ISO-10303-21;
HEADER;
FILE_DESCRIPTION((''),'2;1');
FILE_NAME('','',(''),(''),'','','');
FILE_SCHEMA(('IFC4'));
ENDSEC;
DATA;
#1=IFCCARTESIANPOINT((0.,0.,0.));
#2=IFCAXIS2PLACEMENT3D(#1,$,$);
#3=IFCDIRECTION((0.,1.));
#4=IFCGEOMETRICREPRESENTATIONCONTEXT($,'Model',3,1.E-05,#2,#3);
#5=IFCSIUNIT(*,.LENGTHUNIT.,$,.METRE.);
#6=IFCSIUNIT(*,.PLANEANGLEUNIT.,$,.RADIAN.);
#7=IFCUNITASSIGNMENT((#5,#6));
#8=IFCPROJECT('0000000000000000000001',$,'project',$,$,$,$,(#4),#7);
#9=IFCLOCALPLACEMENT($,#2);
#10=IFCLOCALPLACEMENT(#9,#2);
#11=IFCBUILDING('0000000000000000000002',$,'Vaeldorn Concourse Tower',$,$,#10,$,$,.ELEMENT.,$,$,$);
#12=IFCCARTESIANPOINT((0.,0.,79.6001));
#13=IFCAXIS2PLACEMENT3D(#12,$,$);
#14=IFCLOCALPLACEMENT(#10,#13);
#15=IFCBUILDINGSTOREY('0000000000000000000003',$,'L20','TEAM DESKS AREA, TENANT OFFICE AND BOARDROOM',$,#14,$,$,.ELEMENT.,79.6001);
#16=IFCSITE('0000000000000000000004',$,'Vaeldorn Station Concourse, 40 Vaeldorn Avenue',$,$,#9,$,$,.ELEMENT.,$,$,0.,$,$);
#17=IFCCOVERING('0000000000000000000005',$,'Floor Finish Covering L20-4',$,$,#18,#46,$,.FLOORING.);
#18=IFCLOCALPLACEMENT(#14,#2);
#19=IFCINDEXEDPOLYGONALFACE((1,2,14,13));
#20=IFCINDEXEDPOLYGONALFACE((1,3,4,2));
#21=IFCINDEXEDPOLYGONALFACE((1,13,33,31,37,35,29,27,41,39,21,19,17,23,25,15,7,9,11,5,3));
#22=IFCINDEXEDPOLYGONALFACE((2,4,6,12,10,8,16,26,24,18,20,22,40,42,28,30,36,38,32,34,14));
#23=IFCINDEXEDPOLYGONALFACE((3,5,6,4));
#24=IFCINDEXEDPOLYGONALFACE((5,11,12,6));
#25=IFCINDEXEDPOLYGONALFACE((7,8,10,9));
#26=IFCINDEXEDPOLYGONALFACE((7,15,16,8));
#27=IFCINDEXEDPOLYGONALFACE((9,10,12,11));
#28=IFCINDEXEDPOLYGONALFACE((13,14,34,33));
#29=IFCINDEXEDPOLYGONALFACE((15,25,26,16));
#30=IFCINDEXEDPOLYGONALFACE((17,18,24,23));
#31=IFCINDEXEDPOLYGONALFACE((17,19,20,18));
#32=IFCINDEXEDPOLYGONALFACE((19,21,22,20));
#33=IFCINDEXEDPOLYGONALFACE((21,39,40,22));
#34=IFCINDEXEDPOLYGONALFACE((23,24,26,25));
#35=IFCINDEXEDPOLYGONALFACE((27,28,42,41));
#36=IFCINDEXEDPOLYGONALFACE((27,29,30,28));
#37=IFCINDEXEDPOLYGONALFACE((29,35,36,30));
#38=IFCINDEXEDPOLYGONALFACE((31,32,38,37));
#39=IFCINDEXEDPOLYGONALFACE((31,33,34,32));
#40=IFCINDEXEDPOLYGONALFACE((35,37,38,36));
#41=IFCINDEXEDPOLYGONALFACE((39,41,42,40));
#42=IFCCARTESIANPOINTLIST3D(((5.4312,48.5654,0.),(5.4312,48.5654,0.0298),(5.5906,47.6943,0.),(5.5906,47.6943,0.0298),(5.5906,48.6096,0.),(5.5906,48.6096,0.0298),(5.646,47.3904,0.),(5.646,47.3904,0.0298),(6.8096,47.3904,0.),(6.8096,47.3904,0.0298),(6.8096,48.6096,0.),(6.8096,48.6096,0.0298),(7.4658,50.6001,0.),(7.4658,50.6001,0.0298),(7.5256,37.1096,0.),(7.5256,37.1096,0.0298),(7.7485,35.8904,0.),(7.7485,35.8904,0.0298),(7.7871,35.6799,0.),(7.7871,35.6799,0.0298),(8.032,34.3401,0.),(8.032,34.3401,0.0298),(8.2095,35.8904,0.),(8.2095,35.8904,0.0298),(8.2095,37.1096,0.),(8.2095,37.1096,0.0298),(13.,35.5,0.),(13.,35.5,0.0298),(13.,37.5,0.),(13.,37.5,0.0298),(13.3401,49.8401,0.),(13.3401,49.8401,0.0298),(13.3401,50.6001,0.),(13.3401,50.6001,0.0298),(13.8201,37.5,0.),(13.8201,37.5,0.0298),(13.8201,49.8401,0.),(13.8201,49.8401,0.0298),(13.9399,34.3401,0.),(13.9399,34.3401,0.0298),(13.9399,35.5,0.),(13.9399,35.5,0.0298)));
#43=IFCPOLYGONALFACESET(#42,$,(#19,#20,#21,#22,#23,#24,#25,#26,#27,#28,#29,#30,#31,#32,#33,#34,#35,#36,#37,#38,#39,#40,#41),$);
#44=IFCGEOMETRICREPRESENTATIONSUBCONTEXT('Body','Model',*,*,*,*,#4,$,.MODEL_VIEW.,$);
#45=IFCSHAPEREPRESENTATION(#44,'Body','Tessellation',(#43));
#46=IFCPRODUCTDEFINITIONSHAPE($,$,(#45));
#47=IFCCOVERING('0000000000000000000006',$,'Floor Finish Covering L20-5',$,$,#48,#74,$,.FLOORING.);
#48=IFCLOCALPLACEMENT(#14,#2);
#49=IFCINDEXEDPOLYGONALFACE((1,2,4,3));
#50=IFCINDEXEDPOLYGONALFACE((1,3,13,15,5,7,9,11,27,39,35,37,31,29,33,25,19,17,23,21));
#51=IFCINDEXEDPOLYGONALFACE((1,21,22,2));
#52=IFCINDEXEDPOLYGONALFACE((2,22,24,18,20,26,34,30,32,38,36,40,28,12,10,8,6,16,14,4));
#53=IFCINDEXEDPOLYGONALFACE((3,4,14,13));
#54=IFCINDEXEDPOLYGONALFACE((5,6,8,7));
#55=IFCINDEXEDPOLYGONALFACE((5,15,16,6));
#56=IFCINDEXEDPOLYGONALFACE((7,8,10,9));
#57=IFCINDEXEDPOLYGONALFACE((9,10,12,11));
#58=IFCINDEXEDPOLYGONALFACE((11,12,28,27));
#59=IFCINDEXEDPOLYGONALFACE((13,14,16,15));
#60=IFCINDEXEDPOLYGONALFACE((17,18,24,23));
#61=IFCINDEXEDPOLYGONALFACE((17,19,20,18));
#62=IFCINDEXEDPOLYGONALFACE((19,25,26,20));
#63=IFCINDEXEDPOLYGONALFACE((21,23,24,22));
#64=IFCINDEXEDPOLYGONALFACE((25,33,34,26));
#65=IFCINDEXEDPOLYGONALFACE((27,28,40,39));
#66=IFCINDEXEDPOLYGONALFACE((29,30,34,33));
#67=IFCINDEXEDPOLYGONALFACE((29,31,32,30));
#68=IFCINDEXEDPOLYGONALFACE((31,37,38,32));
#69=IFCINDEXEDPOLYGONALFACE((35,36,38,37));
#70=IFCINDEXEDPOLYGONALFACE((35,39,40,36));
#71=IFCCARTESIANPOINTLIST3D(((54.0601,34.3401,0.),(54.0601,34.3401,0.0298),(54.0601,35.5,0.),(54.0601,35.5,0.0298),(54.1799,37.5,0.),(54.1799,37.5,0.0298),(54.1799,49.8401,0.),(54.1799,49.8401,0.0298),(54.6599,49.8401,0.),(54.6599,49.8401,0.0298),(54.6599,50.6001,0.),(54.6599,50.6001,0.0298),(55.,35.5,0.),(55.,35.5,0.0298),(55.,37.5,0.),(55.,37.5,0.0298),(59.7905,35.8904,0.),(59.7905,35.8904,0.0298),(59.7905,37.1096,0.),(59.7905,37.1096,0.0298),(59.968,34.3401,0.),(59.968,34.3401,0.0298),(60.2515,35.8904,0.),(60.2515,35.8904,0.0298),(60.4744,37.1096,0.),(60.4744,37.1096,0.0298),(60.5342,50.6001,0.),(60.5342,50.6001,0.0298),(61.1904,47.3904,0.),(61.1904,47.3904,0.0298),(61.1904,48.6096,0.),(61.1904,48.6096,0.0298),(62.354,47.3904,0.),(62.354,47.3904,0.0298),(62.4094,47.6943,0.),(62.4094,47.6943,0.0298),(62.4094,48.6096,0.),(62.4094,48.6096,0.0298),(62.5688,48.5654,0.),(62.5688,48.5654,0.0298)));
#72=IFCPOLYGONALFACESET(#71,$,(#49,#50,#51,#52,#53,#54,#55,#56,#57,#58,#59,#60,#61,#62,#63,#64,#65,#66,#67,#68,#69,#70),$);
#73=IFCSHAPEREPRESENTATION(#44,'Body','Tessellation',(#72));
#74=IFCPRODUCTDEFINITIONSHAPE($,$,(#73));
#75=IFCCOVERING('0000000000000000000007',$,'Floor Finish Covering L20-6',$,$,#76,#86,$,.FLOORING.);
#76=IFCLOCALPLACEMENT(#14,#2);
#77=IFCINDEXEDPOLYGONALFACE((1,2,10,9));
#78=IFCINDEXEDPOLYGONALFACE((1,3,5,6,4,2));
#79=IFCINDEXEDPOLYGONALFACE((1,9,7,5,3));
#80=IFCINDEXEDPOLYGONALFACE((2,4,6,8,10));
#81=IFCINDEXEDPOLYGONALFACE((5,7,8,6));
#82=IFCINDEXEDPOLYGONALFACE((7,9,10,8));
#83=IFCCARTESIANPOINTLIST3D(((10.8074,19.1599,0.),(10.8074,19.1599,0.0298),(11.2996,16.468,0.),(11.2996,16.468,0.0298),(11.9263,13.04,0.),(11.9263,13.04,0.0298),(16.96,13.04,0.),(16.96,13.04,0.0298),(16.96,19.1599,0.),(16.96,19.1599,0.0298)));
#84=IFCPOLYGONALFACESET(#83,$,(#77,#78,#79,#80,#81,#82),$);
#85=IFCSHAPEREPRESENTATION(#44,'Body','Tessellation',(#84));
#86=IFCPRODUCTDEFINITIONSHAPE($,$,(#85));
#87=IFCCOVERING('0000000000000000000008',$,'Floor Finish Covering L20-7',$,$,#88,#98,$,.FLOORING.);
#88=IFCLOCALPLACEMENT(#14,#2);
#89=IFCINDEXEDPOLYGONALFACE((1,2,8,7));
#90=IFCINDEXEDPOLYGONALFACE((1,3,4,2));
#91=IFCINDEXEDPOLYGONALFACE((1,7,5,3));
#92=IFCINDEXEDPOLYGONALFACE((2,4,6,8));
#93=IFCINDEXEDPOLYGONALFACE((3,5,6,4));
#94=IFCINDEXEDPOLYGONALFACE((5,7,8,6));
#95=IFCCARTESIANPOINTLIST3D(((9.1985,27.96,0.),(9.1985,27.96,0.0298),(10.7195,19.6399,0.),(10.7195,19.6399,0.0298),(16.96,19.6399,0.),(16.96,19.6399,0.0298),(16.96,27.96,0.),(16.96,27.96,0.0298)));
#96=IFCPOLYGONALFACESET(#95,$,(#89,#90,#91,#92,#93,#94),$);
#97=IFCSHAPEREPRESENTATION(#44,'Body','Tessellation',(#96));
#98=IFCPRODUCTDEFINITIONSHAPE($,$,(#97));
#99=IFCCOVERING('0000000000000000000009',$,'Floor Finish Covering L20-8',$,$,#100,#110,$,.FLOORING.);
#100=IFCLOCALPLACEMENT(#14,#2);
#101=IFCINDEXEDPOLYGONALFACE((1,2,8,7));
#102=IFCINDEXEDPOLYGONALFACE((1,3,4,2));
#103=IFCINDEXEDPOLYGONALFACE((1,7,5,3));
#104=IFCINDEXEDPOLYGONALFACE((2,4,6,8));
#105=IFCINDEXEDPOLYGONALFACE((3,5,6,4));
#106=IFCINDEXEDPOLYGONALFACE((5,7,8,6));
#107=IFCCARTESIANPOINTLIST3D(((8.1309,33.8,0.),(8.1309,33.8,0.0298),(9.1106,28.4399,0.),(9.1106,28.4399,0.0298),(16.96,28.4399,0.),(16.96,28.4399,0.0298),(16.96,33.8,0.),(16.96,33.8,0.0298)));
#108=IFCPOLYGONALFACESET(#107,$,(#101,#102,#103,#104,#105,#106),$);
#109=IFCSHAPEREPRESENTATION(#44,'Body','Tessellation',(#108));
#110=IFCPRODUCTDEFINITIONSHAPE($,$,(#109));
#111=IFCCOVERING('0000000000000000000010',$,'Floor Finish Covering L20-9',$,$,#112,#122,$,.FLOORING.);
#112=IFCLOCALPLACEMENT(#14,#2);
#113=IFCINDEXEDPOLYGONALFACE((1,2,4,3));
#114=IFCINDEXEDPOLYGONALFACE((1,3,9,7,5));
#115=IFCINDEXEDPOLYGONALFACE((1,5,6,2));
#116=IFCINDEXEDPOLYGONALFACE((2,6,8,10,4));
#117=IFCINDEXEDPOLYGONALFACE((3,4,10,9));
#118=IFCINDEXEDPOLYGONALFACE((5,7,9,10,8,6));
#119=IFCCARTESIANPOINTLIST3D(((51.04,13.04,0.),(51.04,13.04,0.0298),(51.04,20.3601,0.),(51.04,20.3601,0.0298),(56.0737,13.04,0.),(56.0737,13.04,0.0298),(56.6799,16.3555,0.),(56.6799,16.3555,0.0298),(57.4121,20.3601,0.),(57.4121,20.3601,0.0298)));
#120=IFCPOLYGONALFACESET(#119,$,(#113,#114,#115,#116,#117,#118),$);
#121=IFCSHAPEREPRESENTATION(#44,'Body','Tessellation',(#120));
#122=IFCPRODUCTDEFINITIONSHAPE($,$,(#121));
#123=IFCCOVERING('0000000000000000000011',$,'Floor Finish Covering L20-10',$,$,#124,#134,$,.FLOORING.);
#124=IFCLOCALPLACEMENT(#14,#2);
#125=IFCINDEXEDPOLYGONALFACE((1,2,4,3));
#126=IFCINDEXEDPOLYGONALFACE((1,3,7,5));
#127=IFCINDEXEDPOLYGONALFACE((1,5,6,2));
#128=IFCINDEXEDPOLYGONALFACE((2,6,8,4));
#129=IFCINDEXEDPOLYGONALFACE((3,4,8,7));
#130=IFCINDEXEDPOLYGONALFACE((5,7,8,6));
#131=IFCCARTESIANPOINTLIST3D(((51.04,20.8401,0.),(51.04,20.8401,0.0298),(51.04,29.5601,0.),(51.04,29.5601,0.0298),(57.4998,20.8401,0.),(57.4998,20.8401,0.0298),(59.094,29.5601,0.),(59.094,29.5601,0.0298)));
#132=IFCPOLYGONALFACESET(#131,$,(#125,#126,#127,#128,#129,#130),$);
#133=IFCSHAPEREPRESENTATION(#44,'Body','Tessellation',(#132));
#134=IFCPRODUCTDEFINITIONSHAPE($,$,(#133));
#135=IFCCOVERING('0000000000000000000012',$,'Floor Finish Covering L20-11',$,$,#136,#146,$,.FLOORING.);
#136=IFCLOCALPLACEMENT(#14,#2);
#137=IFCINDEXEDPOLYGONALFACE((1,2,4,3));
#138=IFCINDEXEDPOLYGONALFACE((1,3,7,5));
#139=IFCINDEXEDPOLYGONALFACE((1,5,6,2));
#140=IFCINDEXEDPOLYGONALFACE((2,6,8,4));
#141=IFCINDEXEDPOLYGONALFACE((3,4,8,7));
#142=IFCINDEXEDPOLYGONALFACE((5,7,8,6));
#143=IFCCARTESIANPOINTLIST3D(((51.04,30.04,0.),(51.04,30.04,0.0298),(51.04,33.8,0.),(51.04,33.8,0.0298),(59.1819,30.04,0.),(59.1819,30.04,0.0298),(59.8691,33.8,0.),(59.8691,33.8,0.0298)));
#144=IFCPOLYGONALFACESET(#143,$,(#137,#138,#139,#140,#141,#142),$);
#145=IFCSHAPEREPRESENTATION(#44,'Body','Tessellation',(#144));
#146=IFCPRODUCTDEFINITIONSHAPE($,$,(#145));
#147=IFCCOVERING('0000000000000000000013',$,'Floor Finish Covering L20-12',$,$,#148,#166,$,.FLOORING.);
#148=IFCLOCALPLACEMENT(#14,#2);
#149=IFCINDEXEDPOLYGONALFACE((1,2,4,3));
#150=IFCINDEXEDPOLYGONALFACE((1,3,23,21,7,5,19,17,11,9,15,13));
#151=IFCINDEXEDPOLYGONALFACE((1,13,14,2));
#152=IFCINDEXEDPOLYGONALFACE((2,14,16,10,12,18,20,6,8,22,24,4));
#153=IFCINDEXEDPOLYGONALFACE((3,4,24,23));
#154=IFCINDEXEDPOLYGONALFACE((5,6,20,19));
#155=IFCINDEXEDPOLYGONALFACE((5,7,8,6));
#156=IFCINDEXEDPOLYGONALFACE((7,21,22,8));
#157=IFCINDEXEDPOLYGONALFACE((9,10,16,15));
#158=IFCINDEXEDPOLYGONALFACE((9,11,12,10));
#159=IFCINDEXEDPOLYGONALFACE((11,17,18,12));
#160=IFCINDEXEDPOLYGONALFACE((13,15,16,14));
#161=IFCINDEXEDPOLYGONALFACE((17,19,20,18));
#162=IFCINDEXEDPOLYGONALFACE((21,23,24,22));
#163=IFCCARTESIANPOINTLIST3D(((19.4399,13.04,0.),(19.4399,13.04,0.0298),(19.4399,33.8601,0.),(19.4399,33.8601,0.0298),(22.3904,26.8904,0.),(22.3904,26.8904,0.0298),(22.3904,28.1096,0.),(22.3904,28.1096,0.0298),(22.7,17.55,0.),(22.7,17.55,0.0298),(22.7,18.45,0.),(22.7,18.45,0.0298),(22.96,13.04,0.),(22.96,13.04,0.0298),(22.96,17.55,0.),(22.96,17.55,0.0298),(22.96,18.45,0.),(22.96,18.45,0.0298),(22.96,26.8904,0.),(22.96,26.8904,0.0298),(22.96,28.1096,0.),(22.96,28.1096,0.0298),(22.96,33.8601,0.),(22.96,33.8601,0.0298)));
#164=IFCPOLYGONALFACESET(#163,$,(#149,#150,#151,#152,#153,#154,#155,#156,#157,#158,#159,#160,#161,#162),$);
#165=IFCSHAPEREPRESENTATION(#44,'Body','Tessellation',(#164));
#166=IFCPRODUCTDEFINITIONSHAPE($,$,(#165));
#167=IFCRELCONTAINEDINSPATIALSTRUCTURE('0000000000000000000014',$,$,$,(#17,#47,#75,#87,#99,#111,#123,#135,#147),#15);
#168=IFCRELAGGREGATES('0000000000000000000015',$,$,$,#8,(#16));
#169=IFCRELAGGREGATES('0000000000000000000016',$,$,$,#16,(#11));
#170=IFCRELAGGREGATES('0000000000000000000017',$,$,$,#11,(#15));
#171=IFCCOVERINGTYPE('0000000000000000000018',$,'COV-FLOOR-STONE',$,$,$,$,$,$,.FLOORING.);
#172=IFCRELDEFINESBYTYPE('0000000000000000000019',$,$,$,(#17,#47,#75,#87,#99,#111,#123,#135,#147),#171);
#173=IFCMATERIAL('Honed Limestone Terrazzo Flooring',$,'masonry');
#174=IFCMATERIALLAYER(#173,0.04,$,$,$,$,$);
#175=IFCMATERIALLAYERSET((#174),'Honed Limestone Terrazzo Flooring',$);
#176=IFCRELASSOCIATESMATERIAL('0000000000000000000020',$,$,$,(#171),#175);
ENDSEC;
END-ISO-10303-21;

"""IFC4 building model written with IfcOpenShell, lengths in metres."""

from ifc_helpers import new_model, si_unit, direction, frame, origin, place, context, subcontext, project, spatial, polyline, outline, extrude, material, layer, layer_set, type_object, element, save


model = new_model("IFC4")

# Units and contexts
model_context = context("Model", 3, precision=1e-05, world=origin(), true_north=direction((0.0, 1.0)))
body_context = subcontext(model_context, "Body", "Model", "MODEL_VIEW")
ifc_project = project(units=[si_unit("LENGTHUNIT", "METRE"), si_unit("PLANEANGLEUNIT", "RADIAN")], contexts=[model_context])

# Site, building, storey
site_placement = place(None, origin())
site = spatial("IfcSite", under=ifc_project, at=site_placement, Name="Vaeldorn Station Concourse, 40 Vaeldorn Avenue", CompositionType="ELEMENT", RefElevation=0.0)
building_placement = place(site_placement, origin())
building = spatial("IfcBuilding", under=site, at=building_placement, Name="Vaeldorn Concourse Tower", CompositionType="ELEMENT")
storey_placement = place(building_placement, frame((0.0, 0.0, 79.6001)))
storey = spatial("IfcBuildingStorey", under=building, at=storey_placement, Name="L20", Description="TEAM DESKS AREA, TENANT OFFICE AND BOARDROOM", CompositionType="ELEMENT", Elevation=79.6001)

# Coverings
ifc_material_1 = material(Name="Honed Limestone Terrazzo Flooring", Category="masonry")
ifc_layer_1 = layer(ifc_material_1, 0.04)
ifc_layer_set_1 = layer_set([ifc_layer_1], Name="Honed Limestone Terrazzo Flooring")
covering_type_1 = type_object("IfcCoveringType", Name="COV-FLOOR-STONE", PredefinedType="FLOORING", material=ifc_layer_set_1)
covering_1_placement = place(storey_placement, origin())
element("IfcCovering", 1, at=covering_1_placement, inside=storey, type_object=covering_type_1, Name="Floor Finish Covering L20-4", PredefinedType="FLOORING", context=body_context, shape_type="SweptSolid", body=[
    extrude(outline(polyline([(7.4658, 50.6001), (13.3401, 50.6001), (13.3401, 49.8401), (13.8201, 49.8401), (13.8201, 37.5), (13.0, 37.5), (13.0, 35.5), (13.9399, 35.5), (13.9399, 34.3401), (8.032, 34.3401), (7.7871, 35.6799), (7.7871, 35.6799), (7.7485, 35.8904), (8.2095, 35.8904), (8.2095, 37.1096), (7.5256, 37.1096), (5.646, 47.3904), (6.8096, 47.3904), (6.8096, 48.6096), (5.5906, 48.6096), (5.5906, 47.6943), (5.4312, 48.5654), (7.4658, 50.6001)])), origin(), (0.0, 0.0, 1.0), 0.0298),
])
covering_2_placement = place(storey_placement, origin())
element("IfcCovering", 2, at=covering_2_placement, inside=storey, type_object=covering_type_1, Name="Floor Finish Covering L20-5", PredefinedType="FLOORING", context=body_context, shape_type="SweptSolid", body=[
    extrude(outline(polyline([(54.1799, 49.8401), (54.6599, 49.8401), (54.6599, 50.6001), (60.5342, 50.6001), (62.5688, 48.5654), (62.4094, 47.6943), (62.4094, 48.6096), (61.1904, 48.6096), (61.1904, 47.3904), (62.354, 47.3904), (60.4744, 37.1096), (59.7905, 37.1096), (59.7905, 35.8904), (60.2515, 35.8904), (59.968, 34.3401), (54.0601, 34.3401), (54.0601, 35.5), (55.0, 35.5), (55.0, 37.5), (54.1799, 37.5), (54.1799, 49.8401)])), origin(), (0.0, 0.0, 1.0), 0.0298),
])
covering_3_placement = place(storey_placement, origin())
element("IfcCovering", 3, at=covering_3_placement, inside=storey, type_object=covering_type_1, Name="Floor Finish Covering L20-6", PredefinedType="FLOORING", context=body_context, shape_type="SweptSolid", body=[
    extrude(outline(polyline([(16.96, 19.1599), (16.96, 13.04), (11.9263, 13.04), (11.2996, 16.468), (10.8074, 19.1599), (16.96, 19.1599)])), origin(), (0.0, 0.0, 1.0), 0.0298),
])
covering_4_placement = place(storey_placement, origin())
element("IfcCovering", 4, at=covering_4_placement, inside=storey, type_object=covering_type_1, Name="Floor Finish Covering L20-7", PredefinedType="FLOORING", context=body_context, shape_type="SweptSolid", body=[
    extrude(outline(polyline([(16.96, 27.96), (16.96, 19.6399), (10.7195, 19.6399), (9.1985, 27.96), (16.96, 27.96)])), origin(), (0.0, 0.0, 1.0), 0.0298),
])
covering_5_placement = place(storey_placement, origin())
element("IfcCovering", 5, at=covering_5_placement, inside=storey, type_object=covering_type_1, Name="Floor Finish Covering L20-8", PredefinedType="FLOORING", context=body_context, shape_type="SweptSolid", body=[
    extrude(outline(polyline([(16.96, 33.8), (16.96, 28.4399), (9.1106, 28.4399), (8.1309, 33.8), (16.96, 33.8)])), origin(), (0.0, 0.0, 1.0), 0.0298),
])
covering_6_placement = place(storey_placement, origin())
element("IfcCovering", 6, at=covering_6_placement, inside=storey, type_object=covering_type_1, Name="Floor Finish Covering L20-9", PredefinedType="FLOORING", context=body_context, shape_type="SweptSolid", body=[
    extrude(outline(polyline([(51.04, 13.04), (51.04, 20.3601), (57.4121, 20.3601), (56.6799, 16.3555), (56.0737, 13.04), (51.04, 13.04)])), origin(), (0.0, 0.0, 1.0), 0.0298),
])
covering_7_placement = place(storey_placement, origin())
element("IfcCovering", 7, at=covering_7_placement, inside=storey, type_object=covering_type_1, Name="Floor Finish Covering L20-10", PredefinedType="FLOORING", context=body_context, shape_type="SweptSolid", body=[
    extrude(outline(polyline([(51.04, 20.8401), (51.04, 29.5601), (59.094, 29.5601), (57.4998, 20.8401), (51.04, 20.8401)])), origin(), (0.0, 0.0, 1.0), 0.0298),
])
covering_8_placement = place(storey_placement, origin())
element("IfcCovering", 8, at=covering_8_placement, inside=storey, type_object=covering_type_1, Name="Floor Finish Covering L20-11", PredefinedType="FLOORING", context=body_context, shape_type="SweptSolid", body=[
    extrude(outline(polyline([(51.04, 30.04), (51.04, 33.8), (59.8691, 33.8), (59.1819, 30.04), (51.04, 30.04)])), origin(), (0.0, 0.0, 1.0), 0.0298),
])
covering_9_placement = place(storey_placement, origin())
element("IfcCovering", 9, at=covering_9_placement, inside=storey, type_object=covering_type_1, Name="Floor Finish Covering L20-12", PredefinedType="FLOORING", context=body_context, shape_type="SweptSolid", body=[
    extrude(outline(polyline([(19.4399, 33.8601), (22.96, 33.8601), (22.96, 28.1096), (22.3904, 28.1096), (22.3904, 26.8904), (22.96, 26.8904), (22.96, 18.45), (22.7, 18.45), (22.7, 17.55), (22.96, 17.55), (22.96, 13.04), (19.4399, 13.04), (19.4399, 33.8601)])), origin(), (0.0, 0.0, 1.0), 0.0298),
])

save(model, "model.ifc")
